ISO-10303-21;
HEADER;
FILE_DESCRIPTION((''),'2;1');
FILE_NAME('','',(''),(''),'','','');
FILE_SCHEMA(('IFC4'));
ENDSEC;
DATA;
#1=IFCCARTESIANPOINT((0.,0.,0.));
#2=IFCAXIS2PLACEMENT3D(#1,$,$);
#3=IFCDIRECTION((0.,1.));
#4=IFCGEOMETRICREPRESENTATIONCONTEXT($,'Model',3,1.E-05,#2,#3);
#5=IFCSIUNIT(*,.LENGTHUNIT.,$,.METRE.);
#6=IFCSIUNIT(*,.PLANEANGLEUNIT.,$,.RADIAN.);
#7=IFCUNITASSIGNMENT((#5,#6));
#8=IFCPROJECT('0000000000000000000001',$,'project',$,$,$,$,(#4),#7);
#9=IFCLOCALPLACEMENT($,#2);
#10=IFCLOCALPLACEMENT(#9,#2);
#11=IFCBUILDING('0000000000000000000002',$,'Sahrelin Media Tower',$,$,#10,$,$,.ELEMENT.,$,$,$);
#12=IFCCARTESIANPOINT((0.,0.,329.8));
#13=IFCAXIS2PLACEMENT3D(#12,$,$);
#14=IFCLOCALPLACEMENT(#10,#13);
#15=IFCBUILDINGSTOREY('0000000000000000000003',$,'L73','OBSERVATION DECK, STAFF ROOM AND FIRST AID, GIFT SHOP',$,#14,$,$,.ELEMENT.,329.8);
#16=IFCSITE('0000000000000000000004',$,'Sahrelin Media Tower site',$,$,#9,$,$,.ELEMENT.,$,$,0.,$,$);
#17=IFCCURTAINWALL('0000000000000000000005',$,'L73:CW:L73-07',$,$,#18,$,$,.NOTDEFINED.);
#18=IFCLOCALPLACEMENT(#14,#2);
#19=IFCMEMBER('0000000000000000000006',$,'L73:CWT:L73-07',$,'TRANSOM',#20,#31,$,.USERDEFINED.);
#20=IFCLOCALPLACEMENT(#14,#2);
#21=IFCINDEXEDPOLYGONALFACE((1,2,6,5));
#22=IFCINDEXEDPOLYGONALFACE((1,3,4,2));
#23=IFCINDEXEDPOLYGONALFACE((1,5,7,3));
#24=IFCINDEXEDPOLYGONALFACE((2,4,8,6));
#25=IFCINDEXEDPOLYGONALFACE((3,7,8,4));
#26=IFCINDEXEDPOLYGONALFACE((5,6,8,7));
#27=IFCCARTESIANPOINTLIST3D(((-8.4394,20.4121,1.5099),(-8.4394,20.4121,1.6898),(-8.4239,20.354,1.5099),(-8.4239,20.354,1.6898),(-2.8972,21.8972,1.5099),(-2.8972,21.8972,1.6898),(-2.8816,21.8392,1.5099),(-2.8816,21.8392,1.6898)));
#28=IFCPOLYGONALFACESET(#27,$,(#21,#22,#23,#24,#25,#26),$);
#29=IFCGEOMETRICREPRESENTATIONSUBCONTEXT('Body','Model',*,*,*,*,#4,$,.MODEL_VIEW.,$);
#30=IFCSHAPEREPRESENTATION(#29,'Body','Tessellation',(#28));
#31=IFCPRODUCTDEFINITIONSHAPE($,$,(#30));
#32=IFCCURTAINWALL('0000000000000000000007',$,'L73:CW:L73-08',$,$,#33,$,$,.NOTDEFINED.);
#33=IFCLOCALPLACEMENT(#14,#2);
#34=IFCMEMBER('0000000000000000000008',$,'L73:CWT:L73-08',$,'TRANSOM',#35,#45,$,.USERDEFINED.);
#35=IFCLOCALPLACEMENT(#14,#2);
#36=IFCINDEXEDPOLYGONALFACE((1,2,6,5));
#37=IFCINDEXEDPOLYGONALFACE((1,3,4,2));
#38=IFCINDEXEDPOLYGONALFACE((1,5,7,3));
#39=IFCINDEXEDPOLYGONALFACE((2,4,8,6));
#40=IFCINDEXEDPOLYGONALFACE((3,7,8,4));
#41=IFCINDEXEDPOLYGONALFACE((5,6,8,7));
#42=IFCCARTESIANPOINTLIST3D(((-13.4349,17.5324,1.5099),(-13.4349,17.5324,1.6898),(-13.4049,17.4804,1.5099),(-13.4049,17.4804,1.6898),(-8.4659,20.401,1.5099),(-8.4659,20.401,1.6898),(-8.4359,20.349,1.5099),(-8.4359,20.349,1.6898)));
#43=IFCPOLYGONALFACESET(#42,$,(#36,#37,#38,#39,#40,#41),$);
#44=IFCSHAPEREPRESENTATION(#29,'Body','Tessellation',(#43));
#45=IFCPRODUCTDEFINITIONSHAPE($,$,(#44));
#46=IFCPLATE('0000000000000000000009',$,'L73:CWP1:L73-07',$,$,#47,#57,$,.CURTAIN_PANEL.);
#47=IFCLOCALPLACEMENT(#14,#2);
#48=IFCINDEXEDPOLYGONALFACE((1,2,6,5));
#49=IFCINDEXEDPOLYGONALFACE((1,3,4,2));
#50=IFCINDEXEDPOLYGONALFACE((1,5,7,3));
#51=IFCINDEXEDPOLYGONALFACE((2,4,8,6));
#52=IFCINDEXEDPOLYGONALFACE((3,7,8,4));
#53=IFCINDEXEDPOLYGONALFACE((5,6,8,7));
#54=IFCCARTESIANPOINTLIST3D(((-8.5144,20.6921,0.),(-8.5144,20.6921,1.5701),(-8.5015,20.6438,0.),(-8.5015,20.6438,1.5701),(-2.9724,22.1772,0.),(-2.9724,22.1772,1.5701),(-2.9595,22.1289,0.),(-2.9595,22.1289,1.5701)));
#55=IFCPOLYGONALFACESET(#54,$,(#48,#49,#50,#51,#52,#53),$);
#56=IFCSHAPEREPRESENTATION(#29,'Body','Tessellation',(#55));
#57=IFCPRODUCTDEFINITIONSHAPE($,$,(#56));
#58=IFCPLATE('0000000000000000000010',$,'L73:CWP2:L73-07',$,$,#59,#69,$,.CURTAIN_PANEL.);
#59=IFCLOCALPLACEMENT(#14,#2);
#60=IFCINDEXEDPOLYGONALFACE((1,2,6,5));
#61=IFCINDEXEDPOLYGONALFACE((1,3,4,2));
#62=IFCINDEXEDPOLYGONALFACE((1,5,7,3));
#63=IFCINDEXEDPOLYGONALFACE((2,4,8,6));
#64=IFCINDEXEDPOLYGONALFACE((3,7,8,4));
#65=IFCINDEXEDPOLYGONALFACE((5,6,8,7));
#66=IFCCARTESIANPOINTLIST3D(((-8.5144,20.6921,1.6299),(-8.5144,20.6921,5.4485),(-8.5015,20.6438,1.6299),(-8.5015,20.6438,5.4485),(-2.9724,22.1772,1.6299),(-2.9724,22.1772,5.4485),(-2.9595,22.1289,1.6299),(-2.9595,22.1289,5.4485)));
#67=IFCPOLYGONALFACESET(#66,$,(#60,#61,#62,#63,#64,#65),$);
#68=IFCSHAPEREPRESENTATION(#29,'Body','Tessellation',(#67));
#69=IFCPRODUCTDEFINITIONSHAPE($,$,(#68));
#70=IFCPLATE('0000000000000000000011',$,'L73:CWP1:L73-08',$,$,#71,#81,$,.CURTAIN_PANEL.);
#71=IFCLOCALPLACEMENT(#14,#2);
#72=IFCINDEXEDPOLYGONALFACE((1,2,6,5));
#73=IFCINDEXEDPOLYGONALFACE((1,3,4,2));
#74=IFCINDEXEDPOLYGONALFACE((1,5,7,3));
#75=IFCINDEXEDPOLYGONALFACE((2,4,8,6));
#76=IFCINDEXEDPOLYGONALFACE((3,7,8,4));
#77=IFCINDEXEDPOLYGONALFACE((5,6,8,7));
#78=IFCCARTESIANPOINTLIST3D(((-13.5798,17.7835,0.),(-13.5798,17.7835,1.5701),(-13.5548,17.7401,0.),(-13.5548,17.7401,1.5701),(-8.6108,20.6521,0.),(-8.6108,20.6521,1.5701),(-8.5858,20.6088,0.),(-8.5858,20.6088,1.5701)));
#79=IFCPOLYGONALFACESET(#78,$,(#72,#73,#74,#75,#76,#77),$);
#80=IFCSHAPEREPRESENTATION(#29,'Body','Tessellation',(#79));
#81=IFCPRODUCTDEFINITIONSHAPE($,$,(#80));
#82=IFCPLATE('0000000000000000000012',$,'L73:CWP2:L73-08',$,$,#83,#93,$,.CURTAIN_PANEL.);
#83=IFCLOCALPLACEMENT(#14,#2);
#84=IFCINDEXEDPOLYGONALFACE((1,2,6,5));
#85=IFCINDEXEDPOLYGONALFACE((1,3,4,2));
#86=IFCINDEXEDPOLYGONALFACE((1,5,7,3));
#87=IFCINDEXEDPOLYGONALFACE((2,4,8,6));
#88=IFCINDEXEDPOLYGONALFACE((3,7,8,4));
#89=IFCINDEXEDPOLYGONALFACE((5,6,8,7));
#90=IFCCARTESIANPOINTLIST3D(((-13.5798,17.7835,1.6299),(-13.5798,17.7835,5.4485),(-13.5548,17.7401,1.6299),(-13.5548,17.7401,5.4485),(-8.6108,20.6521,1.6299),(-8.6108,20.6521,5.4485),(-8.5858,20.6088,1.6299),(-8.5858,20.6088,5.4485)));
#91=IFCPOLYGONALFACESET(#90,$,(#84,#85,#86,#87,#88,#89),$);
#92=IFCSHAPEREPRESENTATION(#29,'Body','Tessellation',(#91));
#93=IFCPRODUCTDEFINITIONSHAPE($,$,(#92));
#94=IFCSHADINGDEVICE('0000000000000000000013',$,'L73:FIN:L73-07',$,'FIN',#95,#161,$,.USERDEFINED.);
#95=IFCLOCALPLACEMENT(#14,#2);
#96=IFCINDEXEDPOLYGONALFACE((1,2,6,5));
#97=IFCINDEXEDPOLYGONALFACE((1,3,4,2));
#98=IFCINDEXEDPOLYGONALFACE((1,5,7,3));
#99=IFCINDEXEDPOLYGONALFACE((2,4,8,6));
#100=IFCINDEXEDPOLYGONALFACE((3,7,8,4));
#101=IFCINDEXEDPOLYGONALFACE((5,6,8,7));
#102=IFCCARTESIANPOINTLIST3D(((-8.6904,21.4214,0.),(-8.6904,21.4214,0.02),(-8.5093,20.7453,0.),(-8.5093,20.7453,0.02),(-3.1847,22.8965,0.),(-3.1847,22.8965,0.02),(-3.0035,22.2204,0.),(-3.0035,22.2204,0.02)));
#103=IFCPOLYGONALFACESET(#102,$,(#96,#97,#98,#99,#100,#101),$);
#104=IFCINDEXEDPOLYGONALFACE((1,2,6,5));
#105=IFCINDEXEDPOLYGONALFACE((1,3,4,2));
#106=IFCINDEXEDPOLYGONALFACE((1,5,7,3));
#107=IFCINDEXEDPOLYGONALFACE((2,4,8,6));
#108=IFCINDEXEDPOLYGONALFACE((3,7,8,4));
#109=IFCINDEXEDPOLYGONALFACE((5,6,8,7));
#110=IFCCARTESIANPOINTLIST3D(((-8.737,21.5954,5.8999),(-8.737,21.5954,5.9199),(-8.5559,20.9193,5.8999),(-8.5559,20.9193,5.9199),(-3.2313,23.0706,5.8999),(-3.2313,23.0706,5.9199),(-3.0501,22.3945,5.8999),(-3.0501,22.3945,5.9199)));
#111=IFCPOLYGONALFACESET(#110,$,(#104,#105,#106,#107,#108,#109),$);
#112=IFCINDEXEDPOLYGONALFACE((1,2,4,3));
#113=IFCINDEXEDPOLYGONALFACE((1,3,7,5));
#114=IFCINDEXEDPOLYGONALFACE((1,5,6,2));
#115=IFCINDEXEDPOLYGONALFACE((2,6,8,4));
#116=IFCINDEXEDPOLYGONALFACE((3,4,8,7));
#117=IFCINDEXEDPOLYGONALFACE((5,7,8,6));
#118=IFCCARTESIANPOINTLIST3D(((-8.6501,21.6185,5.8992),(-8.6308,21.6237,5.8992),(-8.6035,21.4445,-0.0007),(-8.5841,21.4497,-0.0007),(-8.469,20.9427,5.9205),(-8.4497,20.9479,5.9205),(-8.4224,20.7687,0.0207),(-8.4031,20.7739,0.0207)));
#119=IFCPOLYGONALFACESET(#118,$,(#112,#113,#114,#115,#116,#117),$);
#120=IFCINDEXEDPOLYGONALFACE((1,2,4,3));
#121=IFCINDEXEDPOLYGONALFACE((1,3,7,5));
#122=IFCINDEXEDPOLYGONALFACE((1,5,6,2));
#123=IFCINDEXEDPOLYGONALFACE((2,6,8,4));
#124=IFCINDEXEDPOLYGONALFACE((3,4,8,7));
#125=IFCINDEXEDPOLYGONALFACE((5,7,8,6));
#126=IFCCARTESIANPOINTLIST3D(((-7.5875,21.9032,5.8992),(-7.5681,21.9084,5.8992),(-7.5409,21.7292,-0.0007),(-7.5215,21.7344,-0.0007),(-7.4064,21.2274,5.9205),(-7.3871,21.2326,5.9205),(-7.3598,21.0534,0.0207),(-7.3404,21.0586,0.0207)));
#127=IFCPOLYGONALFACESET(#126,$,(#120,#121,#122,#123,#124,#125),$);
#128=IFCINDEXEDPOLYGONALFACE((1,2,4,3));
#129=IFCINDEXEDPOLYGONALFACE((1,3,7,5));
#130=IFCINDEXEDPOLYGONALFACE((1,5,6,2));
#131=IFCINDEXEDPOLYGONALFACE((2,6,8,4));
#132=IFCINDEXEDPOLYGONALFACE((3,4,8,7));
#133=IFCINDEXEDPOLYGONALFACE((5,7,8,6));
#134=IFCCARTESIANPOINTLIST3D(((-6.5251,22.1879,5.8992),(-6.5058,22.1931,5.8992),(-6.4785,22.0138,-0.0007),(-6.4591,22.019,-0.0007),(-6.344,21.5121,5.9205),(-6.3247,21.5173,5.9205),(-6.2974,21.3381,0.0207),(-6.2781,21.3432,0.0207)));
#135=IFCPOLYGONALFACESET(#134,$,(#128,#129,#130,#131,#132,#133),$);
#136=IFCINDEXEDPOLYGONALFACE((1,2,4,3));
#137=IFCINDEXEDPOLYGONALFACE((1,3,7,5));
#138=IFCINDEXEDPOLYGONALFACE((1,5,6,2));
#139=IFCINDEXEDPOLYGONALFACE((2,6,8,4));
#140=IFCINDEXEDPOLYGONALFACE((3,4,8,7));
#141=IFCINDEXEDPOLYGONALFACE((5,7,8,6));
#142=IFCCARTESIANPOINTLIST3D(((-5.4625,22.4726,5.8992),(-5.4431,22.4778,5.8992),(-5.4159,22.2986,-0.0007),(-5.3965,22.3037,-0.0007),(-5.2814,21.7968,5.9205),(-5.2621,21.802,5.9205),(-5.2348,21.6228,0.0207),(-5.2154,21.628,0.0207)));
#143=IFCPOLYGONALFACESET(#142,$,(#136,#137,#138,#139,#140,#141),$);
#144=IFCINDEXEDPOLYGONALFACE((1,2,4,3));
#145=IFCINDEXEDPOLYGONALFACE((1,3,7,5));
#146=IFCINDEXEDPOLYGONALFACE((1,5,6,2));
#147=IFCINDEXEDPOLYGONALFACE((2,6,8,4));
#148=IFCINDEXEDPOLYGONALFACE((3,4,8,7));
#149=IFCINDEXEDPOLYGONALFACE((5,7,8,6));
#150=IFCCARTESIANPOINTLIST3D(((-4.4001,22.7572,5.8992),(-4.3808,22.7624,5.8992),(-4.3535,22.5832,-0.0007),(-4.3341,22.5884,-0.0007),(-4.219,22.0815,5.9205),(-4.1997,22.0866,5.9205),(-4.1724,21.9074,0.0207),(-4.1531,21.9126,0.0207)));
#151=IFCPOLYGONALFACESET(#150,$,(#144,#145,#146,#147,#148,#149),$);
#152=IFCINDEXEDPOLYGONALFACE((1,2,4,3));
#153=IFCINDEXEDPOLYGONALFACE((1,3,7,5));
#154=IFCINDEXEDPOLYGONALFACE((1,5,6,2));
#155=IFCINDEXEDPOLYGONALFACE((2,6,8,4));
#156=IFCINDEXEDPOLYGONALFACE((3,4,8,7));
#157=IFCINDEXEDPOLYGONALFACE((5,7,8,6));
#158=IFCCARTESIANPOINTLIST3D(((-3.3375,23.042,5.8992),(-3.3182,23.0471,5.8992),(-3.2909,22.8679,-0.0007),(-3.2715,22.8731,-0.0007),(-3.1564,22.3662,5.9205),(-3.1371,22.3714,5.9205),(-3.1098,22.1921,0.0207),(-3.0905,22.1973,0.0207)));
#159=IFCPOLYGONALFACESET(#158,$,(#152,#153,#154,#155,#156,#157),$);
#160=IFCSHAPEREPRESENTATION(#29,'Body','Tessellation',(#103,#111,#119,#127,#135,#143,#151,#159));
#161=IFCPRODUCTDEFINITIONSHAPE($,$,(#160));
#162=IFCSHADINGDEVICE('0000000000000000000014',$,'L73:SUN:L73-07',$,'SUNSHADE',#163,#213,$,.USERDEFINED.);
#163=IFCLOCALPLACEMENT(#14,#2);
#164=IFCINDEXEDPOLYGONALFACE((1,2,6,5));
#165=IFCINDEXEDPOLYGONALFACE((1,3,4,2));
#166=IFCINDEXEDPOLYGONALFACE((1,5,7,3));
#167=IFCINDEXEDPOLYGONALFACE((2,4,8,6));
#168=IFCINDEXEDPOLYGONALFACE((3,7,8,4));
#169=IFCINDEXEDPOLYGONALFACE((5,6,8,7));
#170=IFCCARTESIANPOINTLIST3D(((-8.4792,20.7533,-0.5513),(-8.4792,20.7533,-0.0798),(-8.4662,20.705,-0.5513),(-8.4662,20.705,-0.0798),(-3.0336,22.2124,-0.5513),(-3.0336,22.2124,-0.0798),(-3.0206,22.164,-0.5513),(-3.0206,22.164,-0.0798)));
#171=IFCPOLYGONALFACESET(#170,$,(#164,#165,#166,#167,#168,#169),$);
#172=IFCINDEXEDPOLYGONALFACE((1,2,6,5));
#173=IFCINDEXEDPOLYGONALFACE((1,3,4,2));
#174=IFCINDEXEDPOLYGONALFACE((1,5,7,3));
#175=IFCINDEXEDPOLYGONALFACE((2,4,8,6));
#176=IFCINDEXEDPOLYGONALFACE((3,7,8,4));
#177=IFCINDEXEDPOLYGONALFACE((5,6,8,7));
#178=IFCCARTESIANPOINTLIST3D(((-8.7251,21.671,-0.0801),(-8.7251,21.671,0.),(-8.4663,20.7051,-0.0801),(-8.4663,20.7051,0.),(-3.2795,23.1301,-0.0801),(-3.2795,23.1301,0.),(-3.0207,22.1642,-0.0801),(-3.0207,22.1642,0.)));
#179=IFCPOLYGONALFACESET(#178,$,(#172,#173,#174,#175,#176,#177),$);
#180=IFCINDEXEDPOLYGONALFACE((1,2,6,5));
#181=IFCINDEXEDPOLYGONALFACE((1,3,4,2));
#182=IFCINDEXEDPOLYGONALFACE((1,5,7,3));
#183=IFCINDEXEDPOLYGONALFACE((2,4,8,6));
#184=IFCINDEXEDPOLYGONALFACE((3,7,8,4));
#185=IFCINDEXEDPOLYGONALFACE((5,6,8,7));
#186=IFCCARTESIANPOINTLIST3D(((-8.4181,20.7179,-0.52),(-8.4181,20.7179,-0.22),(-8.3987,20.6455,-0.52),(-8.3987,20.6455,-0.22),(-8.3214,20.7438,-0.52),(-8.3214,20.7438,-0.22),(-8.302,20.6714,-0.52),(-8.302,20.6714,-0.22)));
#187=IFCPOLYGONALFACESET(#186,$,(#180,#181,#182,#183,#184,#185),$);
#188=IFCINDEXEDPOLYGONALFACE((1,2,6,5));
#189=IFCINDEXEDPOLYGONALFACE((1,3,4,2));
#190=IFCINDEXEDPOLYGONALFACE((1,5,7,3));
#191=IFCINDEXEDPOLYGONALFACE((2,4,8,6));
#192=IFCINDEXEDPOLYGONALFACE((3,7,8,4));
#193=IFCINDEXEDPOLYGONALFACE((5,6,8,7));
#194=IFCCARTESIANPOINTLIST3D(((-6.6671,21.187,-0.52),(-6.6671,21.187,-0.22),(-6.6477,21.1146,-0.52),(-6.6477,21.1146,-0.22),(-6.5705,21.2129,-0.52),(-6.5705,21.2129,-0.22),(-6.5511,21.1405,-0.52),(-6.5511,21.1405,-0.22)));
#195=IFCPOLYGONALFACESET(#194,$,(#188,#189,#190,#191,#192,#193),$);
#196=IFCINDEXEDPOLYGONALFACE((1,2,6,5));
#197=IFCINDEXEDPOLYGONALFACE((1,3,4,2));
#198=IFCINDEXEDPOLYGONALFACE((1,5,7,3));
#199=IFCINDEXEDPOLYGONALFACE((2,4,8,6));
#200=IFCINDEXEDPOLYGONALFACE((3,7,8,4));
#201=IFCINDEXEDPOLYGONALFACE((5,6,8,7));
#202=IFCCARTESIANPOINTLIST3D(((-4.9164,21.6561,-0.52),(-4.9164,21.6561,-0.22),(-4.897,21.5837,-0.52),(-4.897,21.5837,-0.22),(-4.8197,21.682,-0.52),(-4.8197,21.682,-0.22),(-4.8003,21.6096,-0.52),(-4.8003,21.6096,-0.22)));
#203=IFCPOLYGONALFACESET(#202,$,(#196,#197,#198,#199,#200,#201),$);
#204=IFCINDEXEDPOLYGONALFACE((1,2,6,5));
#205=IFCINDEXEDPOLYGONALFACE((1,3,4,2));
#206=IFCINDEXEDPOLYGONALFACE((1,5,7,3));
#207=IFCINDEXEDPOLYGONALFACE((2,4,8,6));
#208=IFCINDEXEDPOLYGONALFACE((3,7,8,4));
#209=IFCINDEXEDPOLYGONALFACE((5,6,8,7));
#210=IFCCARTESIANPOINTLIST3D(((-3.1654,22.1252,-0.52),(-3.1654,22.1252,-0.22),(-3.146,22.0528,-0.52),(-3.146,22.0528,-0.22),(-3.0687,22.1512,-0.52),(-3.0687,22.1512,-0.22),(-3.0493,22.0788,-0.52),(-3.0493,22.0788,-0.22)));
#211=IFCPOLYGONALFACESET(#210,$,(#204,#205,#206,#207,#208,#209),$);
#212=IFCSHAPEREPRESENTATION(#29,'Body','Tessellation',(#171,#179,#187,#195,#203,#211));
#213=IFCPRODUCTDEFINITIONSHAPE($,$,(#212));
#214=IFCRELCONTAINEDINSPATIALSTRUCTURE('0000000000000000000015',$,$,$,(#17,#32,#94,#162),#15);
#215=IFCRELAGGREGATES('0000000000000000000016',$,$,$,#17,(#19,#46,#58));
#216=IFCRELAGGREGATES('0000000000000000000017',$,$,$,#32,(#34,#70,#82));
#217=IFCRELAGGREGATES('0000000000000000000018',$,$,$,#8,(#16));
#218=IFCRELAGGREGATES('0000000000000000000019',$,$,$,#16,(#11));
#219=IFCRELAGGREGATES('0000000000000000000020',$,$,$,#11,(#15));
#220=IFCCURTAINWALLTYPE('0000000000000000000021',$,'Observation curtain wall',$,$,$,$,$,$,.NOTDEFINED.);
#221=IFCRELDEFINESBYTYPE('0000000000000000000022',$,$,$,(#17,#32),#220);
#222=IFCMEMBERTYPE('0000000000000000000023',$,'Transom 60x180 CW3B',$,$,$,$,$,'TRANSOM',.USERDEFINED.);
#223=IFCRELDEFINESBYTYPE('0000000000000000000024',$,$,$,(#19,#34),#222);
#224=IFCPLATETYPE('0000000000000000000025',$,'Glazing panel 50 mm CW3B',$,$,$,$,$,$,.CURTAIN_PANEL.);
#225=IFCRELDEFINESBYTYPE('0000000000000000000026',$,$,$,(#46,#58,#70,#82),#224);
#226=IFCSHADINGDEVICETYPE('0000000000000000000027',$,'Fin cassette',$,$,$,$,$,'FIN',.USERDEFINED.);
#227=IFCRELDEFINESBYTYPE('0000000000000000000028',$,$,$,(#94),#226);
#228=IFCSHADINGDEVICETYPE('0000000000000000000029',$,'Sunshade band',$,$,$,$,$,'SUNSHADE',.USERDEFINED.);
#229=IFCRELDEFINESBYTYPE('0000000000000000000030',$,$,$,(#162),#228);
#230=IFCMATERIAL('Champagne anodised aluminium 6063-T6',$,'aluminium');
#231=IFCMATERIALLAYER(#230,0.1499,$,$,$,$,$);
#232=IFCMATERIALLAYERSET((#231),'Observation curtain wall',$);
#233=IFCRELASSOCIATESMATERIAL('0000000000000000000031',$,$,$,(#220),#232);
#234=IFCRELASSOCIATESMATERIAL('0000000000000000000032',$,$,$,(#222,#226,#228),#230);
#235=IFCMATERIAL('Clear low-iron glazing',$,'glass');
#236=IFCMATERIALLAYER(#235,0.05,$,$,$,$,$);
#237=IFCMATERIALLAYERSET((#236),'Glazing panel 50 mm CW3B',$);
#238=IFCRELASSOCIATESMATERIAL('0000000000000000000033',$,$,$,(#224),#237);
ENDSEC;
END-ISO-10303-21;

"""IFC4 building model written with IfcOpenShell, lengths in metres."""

from ifc_helpers import new_model, si_unit, direction, frame, origin, origin_2d, place, context, subcontext, project, spatial, polyline, rectangle, outline, extrude, material, layer, layer_set, material_profile, profile_set, type_object, element, aggregate, save


model = new_model("IFC4")

# Units and contexts
model_context = context("Model", 3, precision=1e-05, world=origin(), true_north=direction((0.0, 1.0)))
body_context = subcontext(model_context, "Body", "Model", "MODEL_VIEW")
ifc_project = project(units=[si_unit("LENGTHUNIT", "METRE"), si_unit("PLANEANGLEUNIT", "RADIAN")], contexts=[model_context])

# Site, building, storey
site_placement = place(None, origin())
site = spatial("IfcSite", under=ifc_project, at=site_placement, Name="Sahrelin Media Tower site", CompositionType="ELEMENT", RefElevation=0.0)
building_placement = place(site_placement, origin())
building = spatial("IfcBuilding", under=site, at=building_placement, Name="Sahrelin Media Tower", CompositionType="ELEMENT")
storey_placement = place(building_placement, frame((0.0, 0.0, 329.8)))
storey = spatial("IfcBuildingStorey", under=building, at=storey_placement, Name="L73", Description="OBSERVATION DECK, STAFF ROOM AND FIRST AID, GIFT SHOP", CompositionType="ELEMENT", Elevation=329.8)

# Curtain wall
ifc_material_1 = material(Name="Champagne anodised aluminium 6063-T6", Category="aluminium")
ifc_layer_1 = layer(ifc_material_1, 0.1499)
ifc_layer_set_1 = layer_set([ifc_layer_1], Name="Observation curtain wall")
curtain_wall_type = type_object("IfcCurtainWallType", Name="Observation curtain wall", PredefinedType="NOTDEFINED", material=ifc_layer_set_1)
curtain_wall_1_placement = place(storey_placement, frame((-5.7383, 21.4153, 0.0), z_axis=(0.0, 0.0, 1.0), x_axis=(1.0, 0.0, 0.0)))
curtain_wall_1 = element("IfcCurtainWall", 1, at=curtain_wall_1_placement, inside=storey, type_object=curtain_wall_type, Name="L73:CW:L73-07", PredefinedType="NOTDEFINED")

# Member
ifc_material_profile_1 = material_profile(ifc_material_1, rectangle(XDim=0.0601, YDim=0.1799, at=origin_2d()), Name="Transom 60x180")
ifc_profile_set_1 = profile_set([ifc_material_profile_1], Name="Champagne anodised aluminium 6063-T6")
member_type_1 = type_object("IfcMemberType", Name="Transom 60x180 CW3B", ElementType="TRANSOM", PredefinedType="USERDEFINED", material=ifc_profile_set_1)
member_1_placement = place(storey_placement, frame((-2.8894, 21.8682, 1.5999), z_axis=(-0.965923, -0.25883, 0.0), x_axis=(0.25883, -0.965923, 0.0)))
member_1 = element("IfcMember", 2, at=member_1_placement, type_object=member_type_1, Name="L73:CWT:L73-07", ObjectType="TRANSOM", PredefinedType="USERDEFINED", context=body_context, shape_type="SweptSolid", body=[
    extrude(rectangle(XDim=0.0601, YDim=0.1799, at=origin_2d()), origin(), (0.0, 0.0, 1.0), 5.7378),
])

# Curtain wall, member
curtain_wall_2_placement = place(storey_placement, frame((-11.0854, 19.2004, 0.0), z_axis=(0.0, 0.0, 1.0), x_axis=(1.0, 0.0, 0.0)))
curtain_wall_2 = element("IfcCurtainWall", 3, at=curtain_wall_2_placement, inside=storey, type_object=curtain_wall_type, Name="L73:CW:L73-08", PredefinedType="NOTDEFINED")
member_2_placement = place(storey_placement, frame((-8.4509, 20.375, 1.5999), z_axis=(-0.86604, -0.499974, 0.0), x_axis=(0.499974, -0.86604, 0.0)))
member_2 = element("IfcMember", 4, at=member_2_placement, type_object=member_type_1, Name="L73:CWT:L73-08", ObjectType="TRANSOM", PredefinedType="USERDEFINED", context=body_context, shape_type="SweptSolid", body=[
    extrude(rectangle(XDim=0.0601, YDim=0.1799, at=origin_2d()), origin(), (0.0, 0.0, 1.0), 5.7375),
])

# Plates
ifc_material_2 = material(Name="Clear low-iron glazing", Category="glass")
ifc_layer_2 = layer(ifc_material_2, 0.05)
ifc_layer_set_2 = layer_set([ifc_layer_2], Name="Glazing panel 50 mm CW3B")
plate_type = type_object("IfcPlateType", Name="Glazing panel 50 mm CW3B", PredefinedType="CURTAIN_PANEL", material=ifc_layer_set_2)
plate_1_placement = place(storey_placement, frame((-2.9724, 22.1772, 0.0), z_axis=(-0.258841, 0.96592, 0.0), x_axis=(-0.96592, -0.258841, 0.0)))
plate_1 = element("IfcPlate", 5, at=plate_1_placement, type_object=plate_type, Name="L73:CWP1:L73-07", PredefinedType="CURTAIN_PANEL", context=body_context, shape_type="SweptSolid", body=[
    extrude(outline(polyline([(0.0, 0.0), (5.7375, 0.0), (5.7375, 1.5701), (0.0, 1.5701), (0.0, 0.0)])), origin(), (0.0, 0.0, -1.0), 0.05),
])
plate_2_placement = place(storey_placement, frame((-2.9724, 22.1772, 1.6299), z_axis=(-0.258841, 0.96592, 0.0), x_axis=(-0.96592, -0.258841, 0.0)))
plate_2 = element("IfcPlate", 6, at=plate_2_placement, type_object=plate_type, Name="L73:CWP2:L73-07", PredefinedType="CURTAIN_PANEL", context=body_context, shape_type="SweptSolid", body=[
    extrude(outline(polyline([(0.0, 0.0), (5.7375, 0.0), (5.7375, 3.8186), (0.0, 3.8186), (0.0, 0.0)])), origin(), (0.0, 0.0, -1.0), 0.05),
])
aggregate(curtain_wall_1, [member_1, plate_1, plate_2])
plate_3_placement = place(storey_placement, frame((-8.6108, 20.6521, 0.0), z_axis=(-0.499974, 0.86604, 0.0), x_axis=(-0.86604, -0.499974, 0.0)))
plate_3 = element("IfcPlate", 7, at=plate_3_placement, type_object=plate_type, Name="L73:CWP1:L73-08", PredefinedType="CURTAIN_PANEL", context=body_context, shape_type="SweptSolid", body=[
    extrude(outline(polyline([(0.0, 0.0), (5.7375, 0.0), (5.7375, 1.5701), (0.0, 1.5701), (0.0, 0.0)])), origin(), (0.0, 0.0, -1.0), 0.05),
])
plate_4_placement = place(storey_placement, frame((-8.6108, 20.6521, 1.6299), z_axis=(-0.499974, 0.86604, 0.0), x_axis=(-0.86604, -0.499974, 0.0)))
plate_4 = element("IfcPlate", 8, at=plate_4_placement, type_object=plate_type, Name="L73:CWP2:L73-08", PredefinedType="CURTAIN_PANEL", context=body_context, shape_type="SweptSolid", body=[
    extrude(outline(polyline([(0.0, 0.0), (5.7375, 0.0), (5.7375, 3.8186), (0.0, 3.8186), (0.0, 0.0)])), origin(), (0.0, 0.0, -1.0), 0.05),
])
aggregate(curtain_wall_2, [member_2, plate_3, plate_4])

# Shading devices
shading_device_type_1 = type_object("IfcShadingDeviceType", Name="Fin cassette", ElementType="FIN", PredefinedType="USERDEFINED", material=ifc_material_1)
placement = place(storey_placement, frame((-5.7383, 21.4153, 0.0), z_axis=(0.0, 0.0, 1.0), x_axis=(0.965929, 0.258808, 0.0)))
element("IfcShadingDevice", 9, at=placement, inside=storey, type_object=shading_device_type_1, Name="L73:FIN:L73-07", ObjectType="FIN", PredefinedType="USERDEFINED", context=body_context, shape_type="SweptSolid", body=[
    extrude(rectangle(XDim=5.7, YDim=0.7, at=origin_2d()), frame((0.0, 0.4199, 0.0)), (0.0, 0.0, 1.0), 0.02),
    extrude(rectangle(XDim=5.7, YDim=0.7, at=origin_2d()), frame((0.0, 0.6001, 5.8999)), (0.0, 0.0, 1.0), 0.02),
    extrude(rectangle(XDim=0.02, YDim=0.7, at=origin_2d()), frame((-2.75, 0.4199, 0.01), z_axis=(0.0, 0.030525, 0.999534), x_axis=(-1.0, 0.0, 0.0)), (0.0, 0.0, 1.0), 5.9026),
    extrude(rectangle(XDim=0.02, YDim=0.7, at=origin_2d()), frame((-1.6499, 0.4199, 0.01), z_axis=(0.0, 0.030525, 0.999534), x_axis=(-1.0, 0.0, 0.0)), (0.0, 0.0, 1.0), 5.9026),
    extrude(rectangle(XDim=0.02, YDim=0.7, at=origin_2d()), frame((-0.55, 0.4199, 0.01), z_axis=(0.0, 0.030525, 0.999534), x_axis=(-1.0, 0.0, 0.0)), (0.0, 0.0, 1.0), 5.9026),
    extrude(rectangle(XDim=0.02, YDim=0.7, at=origin_2d()), frame((0.55, 0.4199, 0.01), z_axis=(0.0, 0.030525, 0.999534), x_axis=(-1.0, 0.0, 0.0)), (0.0, 0.0, 1.0), 5.9026),
    extrude(rectangle(XDim=0.02, YDim=0.7, at=origin_2d()), frame((1.6499, 0.4199, 0.01), z_axis=(0.0, 0.030525, 0.999534), x_axis=(-1.0, 0.0, 0.0)), (0.0, 0.0, 1.0), 5.9026),
    extrude(rectangle(XDim=0.02, YDim=0.7, at=origin_2d()), frame((2.75, 0.4199, 0.01), z_axis=(0.0, 0.030525, 0.999534), x_axis=(-1.0, 0.0, 0.0)), (0.0, 0.0, 1.0), 5.9026),
])
shading_device_type_2 = type_object("IfcShadingDeviceType", Name="Sunshade band", ElementType="SUNSHADE", PredefinedType="USERDEFINED", material=ifc_material_1)
element("IfcShadingDevice", 10, at=placement, inside=storey, type_object=shading_device_type_2, Name="L73:SUN:L73-07", ObjectType="SUNSHADE", PredefinedType="USERDEFINED", context=body_context, shape_type="SweptSolid", body=[
    extrude(rectangle(XDim=5.6377, YDim=0.05, at=origin_2d()), frame((0.0, 0.0449, -0.5513)), (0.0, 0.0, 1.0), 0.4714),
    extrude(rectangle(XDim=5.6377, YDim=1.0, at=origin_2d()), frame((0.0, 0.52, -0.0801)), (0.0, 0.0, 1.0), 0.0801),
    extrude(rectangle(XDim=0.1001, YDim=0.075, at=origin_2d()), frame((-2.719, -0.0176, -0.52)), (0.0, 0.0, 1.0), 0.3),
    extrude(rectangle(XDim=0.1001, YDim=0.075, at=origin_2d()), frame((-0.9062, -0.0176, -0.52)), (0.0, 0.0, 1.0), 0.3),
    extrude(rectangle(XDim=0.1001, YDim=0.075, at=origin_2d()), frame((0.9062, -0.0176, -0.52)), (0.0, 0.0, 1.0), 0.3),
    extrude(rectangle(XDim=0.1001, YDim=0.075, at=origin_2d()), frame((2.719, -0.0176, -0.52)), (0.0, 0.0, 1.0), 0.3),
])

save(model, "model.ifc")
